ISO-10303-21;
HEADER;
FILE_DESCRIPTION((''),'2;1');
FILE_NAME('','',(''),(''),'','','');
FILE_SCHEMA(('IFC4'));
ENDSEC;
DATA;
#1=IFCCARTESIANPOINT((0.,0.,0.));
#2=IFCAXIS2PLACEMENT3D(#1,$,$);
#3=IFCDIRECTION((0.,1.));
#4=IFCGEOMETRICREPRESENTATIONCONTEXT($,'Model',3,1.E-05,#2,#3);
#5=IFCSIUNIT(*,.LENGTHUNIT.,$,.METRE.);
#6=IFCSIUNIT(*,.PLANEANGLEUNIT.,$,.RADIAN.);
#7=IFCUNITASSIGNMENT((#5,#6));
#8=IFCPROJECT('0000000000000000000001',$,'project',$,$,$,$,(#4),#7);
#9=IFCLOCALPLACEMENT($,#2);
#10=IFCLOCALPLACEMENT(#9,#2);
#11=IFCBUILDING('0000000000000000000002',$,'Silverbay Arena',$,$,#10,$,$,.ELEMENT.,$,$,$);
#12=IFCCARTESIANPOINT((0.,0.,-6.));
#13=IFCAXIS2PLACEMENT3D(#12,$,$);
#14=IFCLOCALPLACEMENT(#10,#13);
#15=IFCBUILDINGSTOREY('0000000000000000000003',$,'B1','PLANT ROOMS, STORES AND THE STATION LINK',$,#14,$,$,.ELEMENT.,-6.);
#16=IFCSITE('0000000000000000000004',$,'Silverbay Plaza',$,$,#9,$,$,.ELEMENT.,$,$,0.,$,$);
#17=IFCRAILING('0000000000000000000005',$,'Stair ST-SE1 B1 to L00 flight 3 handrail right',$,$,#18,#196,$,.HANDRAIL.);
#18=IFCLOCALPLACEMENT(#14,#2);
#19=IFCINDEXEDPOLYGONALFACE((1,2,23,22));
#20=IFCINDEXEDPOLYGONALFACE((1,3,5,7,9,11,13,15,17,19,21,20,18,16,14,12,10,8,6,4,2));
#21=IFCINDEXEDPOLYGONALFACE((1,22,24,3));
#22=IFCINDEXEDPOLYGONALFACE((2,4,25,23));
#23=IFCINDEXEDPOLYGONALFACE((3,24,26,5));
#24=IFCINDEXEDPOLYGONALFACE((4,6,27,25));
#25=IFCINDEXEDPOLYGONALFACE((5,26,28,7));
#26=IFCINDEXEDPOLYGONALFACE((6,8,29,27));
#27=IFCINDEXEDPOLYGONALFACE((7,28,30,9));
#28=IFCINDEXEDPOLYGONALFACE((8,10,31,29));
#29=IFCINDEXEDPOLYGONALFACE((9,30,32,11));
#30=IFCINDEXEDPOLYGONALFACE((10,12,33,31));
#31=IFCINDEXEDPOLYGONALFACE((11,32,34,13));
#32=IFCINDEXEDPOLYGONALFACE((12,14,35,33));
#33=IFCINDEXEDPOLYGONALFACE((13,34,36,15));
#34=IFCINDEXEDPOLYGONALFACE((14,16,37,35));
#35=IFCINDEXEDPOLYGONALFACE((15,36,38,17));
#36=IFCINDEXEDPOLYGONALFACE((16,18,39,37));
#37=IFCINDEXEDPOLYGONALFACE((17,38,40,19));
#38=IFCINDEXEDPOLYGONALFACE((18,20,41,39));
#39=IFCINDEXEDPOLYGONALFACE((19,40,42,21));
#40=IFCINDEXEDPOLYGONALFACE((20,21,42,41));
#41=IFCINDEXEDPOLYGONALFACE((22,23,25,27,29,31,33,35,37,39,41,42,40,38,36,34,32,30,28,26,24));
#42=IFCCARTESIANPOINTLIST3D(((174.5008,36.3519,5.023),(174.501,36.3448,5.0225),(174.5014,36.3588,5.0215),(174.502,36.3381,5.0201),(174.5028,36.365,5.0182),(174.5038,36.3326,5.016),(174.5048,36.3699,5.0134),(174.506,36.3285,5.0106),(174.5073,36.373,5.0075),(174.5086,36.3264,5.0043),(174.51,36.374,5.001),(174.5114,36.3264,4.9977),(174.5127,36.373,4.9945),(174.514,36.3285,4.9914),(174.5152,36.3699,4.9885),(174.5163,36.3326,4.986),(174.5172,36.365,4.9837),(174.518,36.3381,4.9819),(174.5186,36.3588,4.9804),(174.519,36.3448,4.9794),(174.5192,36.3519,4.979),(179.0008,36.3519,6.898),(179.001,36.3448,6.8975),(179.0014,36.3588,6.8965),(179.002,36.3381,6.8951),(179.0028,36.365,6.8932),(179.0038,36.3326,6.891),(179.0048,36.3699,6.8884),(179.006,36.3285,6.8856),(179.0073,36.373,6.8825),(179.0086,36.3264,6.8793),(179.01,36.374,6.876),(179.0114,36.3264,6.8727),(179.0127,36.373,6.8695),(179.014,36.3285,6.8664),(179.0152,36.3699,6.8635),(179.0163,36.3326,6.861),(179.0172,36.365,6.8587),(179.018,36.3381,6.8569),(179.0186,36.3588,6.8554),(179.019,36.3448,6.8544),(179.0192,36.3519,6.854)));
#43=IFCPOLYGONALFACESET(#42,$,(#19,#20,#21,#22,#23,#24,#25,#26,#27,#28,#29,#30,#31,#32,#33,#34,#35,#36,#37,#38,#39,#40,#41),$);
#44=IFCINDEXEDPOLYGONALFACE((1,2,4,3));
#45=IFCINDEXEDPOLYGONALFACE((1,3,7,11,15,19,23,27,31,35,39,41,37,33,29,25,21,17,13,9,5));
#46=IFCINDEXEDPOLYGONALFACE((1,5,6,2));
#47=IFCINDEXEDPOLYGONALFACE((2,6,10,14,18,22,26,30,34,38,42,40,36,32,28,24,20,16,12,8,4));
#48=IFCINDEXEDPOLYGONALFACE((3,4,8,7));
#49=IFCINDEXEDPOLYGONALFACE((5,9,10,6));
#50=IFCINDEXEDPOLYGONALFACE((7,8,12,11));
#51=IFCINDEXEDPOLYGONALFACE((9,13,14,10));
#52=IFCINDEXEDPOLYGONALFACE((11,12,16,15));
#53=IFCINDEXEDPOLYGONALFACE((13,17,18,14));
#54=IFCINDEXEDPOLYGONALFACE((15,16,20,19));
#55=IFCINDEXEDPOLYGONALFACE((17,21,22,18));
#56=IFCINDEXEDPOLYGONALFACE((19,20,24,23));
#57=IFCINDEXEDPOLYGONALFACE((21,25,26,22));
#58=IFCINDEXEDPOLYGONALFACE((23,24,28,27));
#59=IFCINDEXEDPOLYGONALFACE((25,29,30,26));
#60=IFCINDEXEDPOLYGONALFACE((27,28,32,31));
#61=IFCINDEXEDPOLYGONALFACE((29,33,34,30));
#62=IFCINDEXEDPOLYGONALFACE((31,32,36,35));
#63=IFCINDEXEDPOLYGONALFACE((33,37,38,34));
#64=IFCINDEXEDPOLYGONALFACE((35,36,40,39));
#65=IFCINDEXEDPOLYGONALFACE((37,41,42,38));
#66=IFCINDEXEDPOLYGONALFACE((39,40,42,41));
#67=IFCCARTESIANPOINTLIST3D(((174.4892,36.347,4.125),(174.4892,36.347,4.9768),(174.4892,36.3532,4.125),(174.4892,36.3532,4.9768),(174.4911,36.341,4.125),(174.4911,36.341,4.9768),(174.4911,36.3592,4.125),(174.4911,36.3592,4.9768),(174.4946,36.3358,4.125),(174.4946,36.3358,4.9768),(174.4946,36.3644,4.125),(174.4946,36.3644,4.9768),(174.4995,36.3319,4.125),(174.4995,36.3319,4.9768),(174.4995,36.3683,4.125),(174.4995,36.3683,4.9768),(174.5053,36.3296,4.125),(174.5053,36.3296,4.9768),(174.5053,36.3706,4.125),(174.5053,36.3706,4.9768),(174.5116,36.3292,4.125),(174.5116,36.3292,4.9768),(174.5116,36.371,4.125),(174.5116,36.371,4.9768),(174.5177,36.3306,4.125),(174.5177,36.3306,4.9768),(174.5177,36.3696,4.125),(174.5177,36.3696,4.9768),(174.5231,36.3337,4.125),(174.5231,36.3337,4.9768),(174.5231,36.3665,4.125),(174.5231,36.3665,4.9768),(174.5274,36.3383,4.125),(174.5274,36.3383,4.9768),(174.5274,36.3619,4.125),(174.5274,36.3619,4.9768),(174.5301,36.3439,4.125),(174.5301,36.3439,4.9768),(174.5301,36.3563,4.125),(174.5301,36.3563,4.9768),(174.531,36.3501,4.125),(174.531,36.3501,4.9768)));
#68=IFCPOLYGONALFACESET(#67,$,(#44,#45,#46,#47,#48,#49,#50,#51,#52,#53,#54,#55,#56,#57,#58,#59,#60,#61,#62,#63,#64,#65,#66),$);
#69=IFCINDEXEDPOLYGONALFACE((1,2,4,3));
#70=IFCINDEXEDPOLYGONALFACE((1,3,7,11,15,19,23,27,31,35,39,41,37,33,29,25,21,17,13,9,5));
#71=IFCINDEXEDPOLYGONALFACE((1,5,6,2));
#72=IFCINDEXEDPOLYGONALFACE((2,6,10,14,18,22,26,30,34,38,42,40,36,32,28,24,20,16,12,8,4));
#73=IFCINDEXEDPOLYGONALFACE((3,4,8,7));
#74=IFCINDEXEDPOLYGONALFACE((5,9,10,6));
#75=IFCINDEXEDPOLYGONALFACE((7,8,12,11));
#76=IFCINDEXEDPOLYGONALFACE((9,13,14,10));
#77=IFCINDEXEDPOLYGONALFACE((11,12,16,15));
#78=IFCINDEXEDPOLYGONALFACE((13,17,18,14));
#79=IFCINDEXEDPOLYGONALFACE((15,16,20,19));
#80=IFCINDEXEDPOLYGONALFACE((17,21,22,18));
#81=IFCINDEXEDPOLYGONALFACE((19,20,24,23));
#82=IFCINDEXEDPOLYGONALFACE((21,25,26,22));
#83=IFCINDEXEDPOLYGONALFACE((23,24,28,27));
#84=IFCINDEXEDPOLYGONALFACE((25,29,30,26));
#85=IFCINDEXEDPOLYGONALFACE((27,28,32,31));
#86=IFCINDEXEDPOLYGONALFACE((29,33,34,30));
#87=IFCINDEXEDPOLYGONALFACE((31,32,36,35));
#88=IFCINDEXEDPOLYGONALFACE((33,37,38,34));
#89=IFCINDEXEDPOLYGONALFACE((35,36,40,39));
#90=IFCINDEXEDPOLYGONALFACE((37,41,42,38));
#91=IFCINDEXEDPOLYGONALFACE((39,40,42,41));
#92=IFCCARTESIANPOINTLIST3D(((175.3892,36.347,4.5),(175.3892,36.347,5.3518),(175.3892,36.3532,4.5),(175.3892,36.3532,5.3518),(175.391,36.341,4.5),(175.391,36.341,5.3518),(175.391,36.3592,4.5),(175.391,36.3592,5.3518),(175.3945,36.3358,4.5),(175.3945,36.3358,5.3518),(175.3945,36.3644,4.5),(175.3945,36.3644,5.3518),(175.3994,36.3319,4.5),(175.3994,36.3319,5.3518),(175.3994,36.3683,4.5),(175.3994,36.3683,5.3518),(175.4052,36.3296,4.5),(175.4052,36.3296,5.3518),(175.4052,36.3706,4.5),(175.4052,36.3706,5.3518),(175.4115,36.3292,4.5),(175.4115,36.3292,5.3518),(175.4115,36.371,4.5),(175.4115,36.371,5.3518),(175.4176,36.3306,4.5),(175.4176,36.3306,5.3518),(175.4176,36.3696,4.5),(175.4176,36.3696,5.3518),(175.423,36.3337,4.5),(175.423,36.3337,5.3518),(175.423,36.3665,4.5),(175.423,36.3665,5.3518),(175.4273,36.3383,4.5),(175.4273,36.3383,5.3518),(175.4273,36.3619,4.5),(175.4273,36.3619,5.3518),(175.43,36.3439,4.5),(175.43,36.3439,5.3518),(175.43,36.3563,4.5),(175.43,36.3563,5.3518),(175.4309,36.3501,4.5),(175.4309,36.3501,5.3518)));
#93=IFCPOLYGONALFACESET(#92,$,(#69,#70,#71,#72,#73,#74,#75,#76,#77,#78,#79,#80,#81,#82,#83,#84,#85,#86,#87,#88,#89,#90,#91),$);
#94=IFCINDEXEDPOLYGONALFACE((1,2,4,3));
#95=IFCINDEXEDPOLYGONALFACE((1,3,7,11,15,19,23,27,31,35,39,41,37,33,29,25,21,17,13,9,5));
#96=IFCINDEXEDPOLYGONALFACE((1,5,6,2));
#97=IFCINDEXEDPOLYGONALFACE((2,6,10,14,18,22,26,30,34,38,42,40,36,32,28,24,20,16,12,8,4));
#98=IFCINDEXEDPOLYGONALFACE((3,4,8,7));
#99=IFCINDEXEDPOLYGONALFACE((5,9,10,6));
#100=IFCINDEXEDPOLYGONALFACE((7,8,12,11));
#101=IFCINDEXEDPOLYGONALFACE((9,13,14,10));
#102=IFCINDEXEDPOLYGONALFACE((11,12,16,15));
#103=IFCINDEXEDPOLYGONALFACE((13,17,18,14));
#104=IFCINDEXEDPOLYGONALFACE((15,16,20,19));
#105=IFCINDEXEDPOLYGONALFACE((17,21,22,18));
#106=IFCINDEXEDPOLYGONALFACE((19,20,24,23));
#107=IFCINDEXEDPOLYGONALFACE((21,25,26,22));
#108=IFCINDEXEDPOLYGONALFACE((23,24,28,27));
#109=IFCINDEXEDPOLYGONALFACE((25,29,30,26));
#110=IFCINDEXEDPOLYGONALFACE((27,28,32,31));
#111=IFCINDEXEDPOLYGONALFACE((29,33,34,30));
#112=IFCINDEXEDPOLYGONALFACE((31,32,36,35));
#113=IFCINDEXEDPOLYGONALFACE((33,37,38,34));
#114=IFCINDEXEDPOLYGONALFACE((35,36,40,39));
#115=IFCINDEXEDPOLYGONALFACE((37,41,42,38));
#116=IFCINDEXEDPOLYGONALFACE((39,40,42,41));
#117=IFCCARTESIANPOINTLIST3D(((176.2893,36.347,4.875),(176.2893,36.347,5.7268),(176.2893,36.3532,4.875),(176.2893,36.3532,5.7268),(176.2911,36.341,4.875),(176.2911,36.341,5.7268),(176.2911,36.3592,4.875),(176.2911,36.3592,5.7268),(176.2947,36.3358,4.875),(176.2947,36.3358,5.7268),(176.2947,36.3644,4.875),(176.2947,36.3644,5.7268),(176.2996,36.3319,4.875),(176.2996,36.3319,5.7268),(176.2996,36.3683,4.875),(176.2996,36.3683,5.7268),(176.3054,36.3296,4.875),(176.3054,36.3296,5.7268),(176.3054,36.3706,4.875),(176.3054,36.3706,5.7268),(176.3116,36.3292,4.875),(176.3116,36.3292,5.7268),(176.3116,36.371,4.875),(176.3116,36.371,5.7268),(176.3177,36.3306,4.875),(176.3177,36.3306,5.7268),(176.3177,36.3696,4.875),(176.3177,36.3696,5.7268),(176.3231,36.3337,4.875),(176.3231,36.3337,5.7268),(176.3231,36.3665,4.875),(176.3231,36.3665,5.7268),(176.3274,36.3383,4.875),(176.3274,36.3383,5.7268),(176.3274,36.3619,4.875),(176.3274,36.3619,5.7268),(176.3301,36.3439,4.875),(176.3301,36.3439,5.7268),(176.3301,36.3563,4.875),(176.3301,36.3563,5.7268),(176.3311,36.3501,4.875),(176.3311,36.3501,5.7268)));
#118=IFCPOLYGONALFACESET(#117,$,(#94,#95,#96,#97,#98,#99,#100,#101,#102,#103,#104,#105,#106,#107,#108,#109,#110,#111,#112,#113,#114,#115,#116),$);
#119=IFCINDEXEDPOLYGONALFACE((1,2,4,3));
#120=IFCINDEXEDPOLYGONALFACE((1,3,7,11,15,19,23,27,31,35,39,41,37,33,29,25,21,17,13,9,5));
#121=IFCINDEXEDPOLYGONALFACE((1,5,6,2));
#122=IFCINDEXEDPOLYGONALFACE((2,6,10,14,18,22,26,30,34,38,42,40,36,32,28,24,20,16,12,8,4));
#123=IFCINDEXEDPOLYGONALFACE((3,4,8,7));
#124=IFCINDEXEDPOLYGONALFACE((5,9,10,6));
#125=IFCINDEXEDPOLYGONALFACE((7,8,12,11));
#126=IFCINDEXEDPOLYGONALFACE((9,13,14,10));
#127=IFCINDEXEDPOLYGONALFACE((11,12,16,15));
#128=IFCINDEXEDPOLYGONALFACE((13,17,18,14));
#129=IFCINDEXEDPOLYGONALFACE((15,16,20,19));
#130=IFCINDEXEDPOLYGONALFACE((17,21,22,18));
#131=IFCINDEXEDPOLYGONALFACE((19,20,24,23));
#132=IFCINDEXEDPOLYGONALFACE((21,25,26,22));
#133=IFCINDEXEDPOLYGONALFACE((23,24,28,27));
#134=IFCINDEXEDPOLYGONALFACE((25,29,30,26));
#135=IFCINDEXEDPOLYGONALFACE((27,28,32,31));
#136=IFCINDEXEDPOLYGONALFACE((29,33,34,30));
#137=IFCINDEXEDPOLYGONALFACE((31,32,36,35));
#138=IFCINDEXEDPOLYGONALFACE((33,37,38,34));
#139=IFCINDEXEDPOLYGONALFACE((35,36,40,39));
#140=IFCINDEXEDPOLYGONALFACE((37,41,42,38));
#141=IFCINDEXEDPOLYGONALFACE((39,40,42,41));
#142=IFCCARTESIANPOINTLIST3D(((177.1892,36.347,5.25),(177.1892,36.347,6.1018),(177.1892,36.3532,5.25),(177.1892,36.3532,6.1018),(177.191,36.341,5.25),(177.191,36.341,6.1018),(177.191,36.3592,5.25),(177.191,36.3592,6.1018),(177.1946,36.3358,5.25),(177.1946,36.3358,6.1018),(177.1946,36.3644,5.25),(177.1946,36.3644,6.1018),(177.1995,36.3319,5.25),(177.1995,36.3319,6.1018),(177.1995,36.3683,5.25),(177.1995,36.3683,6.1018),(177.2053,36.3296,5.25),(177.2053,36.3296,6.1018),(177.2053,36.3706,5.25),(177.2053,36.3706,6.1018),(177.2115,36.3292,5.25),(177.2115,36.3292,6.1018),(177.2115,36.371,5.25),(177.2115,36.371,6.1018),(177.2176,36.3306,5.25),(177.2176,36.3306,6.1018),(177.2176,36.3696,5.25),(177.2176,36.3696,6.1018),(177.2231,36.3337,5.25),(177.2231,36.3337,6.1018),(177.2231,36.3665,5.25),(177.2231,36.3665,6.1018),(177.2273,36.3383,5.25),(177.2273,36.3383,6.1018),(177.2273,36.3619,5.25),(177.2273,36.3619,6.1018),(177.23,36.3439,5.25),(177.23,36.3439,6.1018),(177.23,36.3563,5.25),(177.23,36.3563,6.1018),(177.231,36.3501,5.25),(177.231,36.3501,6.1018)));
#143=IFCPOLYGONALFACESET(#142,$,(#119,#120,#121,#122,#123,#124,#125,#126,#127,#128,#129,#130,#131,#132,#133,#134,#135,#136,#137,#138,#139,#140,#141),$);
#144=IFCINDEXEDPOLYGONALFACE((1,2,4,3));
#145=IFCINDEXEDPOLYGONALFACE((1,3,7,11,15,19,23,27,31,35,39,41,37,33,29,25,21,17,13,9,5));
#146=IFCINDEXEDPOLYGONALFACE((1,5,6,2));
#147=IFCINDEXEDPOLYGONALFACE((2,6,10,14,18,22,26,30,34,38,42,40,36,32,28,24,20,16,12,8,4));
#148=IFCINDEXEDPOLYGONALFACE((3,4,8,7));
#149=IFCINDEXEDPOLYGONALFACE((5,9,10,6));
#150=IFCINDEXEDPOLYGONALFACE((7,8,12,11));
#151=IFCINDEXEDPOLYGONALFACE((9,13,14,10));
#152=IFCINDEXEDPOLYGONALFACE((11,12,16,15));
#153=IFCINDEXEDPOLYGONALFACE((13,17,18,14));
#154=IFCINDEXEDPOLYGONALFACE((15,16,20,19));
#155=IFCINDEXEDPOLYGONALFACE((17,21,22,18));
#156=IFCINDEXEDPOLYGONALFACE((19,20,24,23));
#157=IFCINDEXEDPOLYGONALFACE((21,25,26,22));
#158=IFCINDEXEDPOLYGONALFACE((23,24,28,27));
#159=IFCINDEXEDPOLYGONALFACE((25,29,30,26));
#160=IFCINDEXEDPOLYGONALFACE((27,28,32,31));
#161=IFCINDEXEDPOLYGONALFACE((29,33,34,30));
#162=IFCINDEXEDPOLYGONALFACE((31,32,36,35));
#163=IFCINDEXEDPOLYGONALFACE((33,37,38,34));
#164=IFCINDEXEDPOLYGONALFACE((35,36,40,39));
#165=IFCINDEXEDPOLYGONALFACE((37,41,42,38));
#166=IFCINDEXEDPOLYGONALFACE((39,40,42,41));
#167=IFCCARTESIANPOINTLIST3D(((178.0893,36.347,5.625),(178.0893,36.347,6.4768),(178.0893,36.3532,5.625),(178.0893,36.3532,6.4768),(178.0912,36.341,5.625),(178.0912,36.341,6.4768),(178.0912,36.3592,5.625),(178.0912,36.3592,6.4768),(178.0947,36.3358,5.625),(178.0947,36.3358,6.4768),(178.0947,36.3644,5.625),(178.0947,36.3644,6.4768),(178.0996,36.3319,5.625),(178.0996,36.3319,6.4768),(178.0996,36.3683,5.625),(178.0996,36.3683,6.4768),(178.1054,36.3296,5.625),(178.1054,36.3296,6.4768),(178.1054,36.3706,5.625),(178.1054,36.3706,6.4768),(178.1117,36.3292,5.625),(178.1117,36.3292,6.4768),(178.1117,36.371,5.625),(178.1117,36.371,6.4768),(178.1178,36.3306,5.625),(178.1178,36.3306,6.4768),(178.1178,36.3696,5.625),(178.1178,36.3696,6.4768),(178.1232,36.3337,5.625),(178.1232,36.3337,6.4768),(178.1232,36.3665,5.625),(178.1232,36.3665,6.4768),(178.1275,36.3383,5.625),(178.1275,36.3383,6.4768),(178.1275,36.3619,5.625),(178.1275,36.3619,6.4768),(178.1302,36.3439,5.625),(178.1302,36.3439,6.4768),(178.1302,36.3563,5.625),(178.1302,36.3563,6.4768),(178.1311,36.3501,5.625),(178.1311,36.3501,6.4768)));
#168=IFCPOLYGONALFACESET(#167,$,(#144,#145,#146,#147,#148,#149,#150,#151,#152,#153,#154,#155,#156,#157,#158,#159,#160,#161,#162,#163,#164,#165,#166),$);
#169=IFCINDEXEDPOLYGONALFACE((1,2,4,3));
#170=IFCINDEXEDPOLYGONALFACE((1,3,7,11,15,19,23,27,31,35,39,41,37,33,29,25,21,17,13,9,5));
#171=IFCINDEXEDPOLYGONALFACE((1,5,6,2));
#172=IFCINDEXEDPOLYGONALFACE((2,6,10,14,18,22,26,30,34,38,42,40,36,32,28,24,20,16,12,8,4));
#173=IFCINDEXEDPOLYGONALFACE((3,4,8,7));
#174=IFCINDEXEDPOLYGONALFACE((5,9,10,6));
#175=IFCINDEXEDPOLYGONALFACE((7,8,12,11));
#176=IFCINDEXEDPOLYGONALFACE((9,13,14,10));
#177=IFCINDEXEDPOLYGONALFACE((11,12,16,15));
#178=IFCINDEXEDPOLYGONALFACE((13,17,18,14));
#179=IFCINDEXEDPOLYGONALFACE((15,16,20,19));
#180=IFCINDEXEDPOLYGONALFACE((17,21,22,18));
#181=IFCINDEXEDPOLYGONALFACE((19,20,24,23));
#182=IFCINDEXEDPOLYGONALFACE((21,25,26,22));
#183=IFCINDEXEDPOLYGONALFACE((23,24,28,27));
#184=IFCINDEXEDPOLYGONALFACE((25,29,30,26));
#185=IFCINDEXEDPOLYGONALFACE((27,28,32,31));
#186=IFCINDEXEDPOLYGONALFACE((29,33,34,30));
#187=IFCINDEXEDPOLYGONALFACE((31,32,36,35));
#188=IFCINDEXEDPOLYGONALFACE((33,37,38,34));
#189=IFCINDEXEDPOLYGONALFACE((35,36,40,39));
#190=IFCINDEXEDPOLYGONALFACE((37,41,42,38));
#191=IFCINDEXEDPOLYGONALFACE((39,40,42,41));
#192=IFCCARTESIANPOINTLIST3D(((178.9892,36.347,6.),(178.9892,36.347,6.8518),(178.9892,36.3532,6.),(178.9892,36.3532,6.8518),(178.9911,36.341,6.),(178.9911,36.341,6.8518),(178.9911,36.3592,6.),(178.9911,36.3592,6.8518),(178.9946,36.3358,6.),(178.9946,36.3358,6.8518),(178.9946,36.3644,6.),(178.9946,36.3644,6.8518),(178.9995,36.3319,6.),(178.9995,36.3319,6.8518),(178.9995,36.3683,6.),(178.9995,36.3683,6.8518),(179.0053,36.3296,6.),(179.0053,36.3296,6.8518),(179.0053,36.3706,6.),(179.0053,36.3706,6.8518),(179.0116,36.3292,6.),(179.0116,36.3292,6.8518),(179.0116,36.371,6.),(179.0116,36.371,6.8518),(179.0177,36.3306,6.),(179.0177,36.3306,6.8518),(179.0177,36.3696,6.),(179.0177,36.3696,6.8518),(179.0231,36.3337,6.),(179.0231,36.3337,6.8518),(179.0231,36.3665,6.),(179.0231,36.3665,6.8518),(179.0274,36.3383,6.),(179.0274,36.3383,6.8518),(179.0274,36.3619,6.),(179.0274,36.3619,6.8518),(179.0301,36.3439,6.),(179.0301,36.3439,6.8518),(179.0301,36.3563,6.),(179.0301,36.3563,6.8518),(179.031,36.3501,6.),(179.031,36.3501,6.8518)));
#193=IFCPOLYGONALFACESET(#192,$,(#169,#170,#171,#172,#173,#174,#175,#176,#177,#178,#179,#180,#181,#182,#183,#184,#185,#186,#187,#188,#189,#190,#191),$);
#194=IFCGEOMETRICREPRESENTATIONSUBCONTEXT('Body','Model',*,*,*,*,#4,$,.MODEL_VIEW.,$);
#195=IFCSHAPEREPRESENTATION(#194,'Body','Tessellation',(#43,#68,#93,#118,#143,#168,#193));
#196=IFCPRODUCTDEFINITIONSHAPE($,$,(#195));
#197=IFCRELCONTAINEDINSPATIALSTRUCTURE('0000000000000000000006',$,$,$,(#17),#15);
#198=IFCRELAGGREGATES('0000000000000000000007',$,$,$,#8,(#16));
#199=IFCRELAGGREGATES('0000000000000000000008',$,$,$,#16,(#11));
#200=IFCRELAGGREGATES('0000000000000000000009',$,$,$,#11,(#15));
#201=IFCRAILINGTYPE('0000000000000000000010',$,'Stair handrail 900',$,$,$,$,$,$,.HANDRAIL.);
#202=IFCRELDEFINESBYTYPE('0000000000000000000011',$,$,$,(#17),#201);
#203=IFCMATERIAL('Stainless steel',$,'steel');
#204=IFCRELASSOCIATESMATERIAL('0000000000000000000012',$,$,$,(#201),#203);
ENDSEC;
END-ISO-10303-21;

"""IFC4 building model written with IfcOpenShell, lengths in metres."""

from ifc_helpers import new_model, si_unit, direction, frame, origin, origin_2d, place, context, subcontext, project, spatial, circle, extrude, material, type_object, element, save


model = new_model("IFC4")

# Units and contexts
model_context = context("Model", 3, precision=1e-05, world=origin(), true_north=direction((0.0, 1.0)))
body_context = subcontext(model_context, "Body", "Model", "MODEL_VIEW")
ifc_project = project(units=[si_unit("LENGTHUNIT", "METRE"), si_unit("PLANEANGLEUNIT", "RADIAN")], contexts=[model_context])

# Site, building, storey
site_placement = place(None, origin())
site = spatial("IfcSite", under=ifc_project, at=site_placement, Name="Silverbay Plaza", CompositionType="ELEMENT", RefElevation=0.0)
building_placement = place(site_placement, origin())
building = spatial("IfcBuilding", under=site, at=building_placement, Name="Silverbay Arena", CompositionType="ELEMENT")
storey_placement = place(building_placement, frame((0.0, 0.0, -6.0)))
storey = spatial("IfcBuildingStorey", under=building, at=storey_placement, Name="B1", Description="PLANT ROOMS, STORES AND THE STATION LINK", CompositionType="ELEMENT", Elevation=-6.0)

# Railing
ifc_material_1 = material(Name="Stainless steel", Category="steel")
railing_type_1 = type_object("IfcRailingType", Name="Stair handrail 900", PredefinedType="HANDRAIL", material=ifc_material_1)
for number, where, name in (
    (1, (174.51, 36.3501, 4.125), "Stair ST-SE1 B1 to L00 flight 3 handrail right"),
):
    element("IfcRailing", number, at=place(storey_placement, frame(where)), inside=storey, type_object=railing_type_1, Name=name, PredefinedType="HANDRAIL", context=body_context, shape_type="SweptSolid", body=[
        extrude(circle(Radius=0.0239, at=origin_2d()), frame((0.0, 0.0, 0.876), z_axis=(0.923077, 0.0, 0.384615), x_axis=(0.0, 1.0, 0.0)), (0.0, 0.0, 1.0), 4.875),
        extrude(circle(Radius=0.021, at=origin_2d()), origin(), (0.0, 0.0, 1.0), 0.8518),
        extrude(circle(Radius=0.021, at=origin_2d()), frame((0.8999, 0.0, 0.375)), (0.0, 0.0, 1.0), 0.8518),
        extrude(circle(Radius=0.021, at=origin_2d()), frame((1.8, 0.0, 0.75)), (0.0, 0.0, 1.0), 0.8518),
        extrude(circle(Radius=0.021, at=origin_2d()), frame((2.7, 0.0, 1.125)), (0.0, 0.0, 1.0), 0.8518),
        extrude(circle(Radius=0.021, at=origin_2d()), frame((3.6001, 0.0, 1.5)), (0.0, 0.0, 1.0), 0.8518),
        extrude(circle(Radius=0.021, at=origin_2d()), frame((4.5, 0.0, 1.875)), (0.0, 0.0, 1.0), 0.8518),
    ])

save(model, "model.ifc")
